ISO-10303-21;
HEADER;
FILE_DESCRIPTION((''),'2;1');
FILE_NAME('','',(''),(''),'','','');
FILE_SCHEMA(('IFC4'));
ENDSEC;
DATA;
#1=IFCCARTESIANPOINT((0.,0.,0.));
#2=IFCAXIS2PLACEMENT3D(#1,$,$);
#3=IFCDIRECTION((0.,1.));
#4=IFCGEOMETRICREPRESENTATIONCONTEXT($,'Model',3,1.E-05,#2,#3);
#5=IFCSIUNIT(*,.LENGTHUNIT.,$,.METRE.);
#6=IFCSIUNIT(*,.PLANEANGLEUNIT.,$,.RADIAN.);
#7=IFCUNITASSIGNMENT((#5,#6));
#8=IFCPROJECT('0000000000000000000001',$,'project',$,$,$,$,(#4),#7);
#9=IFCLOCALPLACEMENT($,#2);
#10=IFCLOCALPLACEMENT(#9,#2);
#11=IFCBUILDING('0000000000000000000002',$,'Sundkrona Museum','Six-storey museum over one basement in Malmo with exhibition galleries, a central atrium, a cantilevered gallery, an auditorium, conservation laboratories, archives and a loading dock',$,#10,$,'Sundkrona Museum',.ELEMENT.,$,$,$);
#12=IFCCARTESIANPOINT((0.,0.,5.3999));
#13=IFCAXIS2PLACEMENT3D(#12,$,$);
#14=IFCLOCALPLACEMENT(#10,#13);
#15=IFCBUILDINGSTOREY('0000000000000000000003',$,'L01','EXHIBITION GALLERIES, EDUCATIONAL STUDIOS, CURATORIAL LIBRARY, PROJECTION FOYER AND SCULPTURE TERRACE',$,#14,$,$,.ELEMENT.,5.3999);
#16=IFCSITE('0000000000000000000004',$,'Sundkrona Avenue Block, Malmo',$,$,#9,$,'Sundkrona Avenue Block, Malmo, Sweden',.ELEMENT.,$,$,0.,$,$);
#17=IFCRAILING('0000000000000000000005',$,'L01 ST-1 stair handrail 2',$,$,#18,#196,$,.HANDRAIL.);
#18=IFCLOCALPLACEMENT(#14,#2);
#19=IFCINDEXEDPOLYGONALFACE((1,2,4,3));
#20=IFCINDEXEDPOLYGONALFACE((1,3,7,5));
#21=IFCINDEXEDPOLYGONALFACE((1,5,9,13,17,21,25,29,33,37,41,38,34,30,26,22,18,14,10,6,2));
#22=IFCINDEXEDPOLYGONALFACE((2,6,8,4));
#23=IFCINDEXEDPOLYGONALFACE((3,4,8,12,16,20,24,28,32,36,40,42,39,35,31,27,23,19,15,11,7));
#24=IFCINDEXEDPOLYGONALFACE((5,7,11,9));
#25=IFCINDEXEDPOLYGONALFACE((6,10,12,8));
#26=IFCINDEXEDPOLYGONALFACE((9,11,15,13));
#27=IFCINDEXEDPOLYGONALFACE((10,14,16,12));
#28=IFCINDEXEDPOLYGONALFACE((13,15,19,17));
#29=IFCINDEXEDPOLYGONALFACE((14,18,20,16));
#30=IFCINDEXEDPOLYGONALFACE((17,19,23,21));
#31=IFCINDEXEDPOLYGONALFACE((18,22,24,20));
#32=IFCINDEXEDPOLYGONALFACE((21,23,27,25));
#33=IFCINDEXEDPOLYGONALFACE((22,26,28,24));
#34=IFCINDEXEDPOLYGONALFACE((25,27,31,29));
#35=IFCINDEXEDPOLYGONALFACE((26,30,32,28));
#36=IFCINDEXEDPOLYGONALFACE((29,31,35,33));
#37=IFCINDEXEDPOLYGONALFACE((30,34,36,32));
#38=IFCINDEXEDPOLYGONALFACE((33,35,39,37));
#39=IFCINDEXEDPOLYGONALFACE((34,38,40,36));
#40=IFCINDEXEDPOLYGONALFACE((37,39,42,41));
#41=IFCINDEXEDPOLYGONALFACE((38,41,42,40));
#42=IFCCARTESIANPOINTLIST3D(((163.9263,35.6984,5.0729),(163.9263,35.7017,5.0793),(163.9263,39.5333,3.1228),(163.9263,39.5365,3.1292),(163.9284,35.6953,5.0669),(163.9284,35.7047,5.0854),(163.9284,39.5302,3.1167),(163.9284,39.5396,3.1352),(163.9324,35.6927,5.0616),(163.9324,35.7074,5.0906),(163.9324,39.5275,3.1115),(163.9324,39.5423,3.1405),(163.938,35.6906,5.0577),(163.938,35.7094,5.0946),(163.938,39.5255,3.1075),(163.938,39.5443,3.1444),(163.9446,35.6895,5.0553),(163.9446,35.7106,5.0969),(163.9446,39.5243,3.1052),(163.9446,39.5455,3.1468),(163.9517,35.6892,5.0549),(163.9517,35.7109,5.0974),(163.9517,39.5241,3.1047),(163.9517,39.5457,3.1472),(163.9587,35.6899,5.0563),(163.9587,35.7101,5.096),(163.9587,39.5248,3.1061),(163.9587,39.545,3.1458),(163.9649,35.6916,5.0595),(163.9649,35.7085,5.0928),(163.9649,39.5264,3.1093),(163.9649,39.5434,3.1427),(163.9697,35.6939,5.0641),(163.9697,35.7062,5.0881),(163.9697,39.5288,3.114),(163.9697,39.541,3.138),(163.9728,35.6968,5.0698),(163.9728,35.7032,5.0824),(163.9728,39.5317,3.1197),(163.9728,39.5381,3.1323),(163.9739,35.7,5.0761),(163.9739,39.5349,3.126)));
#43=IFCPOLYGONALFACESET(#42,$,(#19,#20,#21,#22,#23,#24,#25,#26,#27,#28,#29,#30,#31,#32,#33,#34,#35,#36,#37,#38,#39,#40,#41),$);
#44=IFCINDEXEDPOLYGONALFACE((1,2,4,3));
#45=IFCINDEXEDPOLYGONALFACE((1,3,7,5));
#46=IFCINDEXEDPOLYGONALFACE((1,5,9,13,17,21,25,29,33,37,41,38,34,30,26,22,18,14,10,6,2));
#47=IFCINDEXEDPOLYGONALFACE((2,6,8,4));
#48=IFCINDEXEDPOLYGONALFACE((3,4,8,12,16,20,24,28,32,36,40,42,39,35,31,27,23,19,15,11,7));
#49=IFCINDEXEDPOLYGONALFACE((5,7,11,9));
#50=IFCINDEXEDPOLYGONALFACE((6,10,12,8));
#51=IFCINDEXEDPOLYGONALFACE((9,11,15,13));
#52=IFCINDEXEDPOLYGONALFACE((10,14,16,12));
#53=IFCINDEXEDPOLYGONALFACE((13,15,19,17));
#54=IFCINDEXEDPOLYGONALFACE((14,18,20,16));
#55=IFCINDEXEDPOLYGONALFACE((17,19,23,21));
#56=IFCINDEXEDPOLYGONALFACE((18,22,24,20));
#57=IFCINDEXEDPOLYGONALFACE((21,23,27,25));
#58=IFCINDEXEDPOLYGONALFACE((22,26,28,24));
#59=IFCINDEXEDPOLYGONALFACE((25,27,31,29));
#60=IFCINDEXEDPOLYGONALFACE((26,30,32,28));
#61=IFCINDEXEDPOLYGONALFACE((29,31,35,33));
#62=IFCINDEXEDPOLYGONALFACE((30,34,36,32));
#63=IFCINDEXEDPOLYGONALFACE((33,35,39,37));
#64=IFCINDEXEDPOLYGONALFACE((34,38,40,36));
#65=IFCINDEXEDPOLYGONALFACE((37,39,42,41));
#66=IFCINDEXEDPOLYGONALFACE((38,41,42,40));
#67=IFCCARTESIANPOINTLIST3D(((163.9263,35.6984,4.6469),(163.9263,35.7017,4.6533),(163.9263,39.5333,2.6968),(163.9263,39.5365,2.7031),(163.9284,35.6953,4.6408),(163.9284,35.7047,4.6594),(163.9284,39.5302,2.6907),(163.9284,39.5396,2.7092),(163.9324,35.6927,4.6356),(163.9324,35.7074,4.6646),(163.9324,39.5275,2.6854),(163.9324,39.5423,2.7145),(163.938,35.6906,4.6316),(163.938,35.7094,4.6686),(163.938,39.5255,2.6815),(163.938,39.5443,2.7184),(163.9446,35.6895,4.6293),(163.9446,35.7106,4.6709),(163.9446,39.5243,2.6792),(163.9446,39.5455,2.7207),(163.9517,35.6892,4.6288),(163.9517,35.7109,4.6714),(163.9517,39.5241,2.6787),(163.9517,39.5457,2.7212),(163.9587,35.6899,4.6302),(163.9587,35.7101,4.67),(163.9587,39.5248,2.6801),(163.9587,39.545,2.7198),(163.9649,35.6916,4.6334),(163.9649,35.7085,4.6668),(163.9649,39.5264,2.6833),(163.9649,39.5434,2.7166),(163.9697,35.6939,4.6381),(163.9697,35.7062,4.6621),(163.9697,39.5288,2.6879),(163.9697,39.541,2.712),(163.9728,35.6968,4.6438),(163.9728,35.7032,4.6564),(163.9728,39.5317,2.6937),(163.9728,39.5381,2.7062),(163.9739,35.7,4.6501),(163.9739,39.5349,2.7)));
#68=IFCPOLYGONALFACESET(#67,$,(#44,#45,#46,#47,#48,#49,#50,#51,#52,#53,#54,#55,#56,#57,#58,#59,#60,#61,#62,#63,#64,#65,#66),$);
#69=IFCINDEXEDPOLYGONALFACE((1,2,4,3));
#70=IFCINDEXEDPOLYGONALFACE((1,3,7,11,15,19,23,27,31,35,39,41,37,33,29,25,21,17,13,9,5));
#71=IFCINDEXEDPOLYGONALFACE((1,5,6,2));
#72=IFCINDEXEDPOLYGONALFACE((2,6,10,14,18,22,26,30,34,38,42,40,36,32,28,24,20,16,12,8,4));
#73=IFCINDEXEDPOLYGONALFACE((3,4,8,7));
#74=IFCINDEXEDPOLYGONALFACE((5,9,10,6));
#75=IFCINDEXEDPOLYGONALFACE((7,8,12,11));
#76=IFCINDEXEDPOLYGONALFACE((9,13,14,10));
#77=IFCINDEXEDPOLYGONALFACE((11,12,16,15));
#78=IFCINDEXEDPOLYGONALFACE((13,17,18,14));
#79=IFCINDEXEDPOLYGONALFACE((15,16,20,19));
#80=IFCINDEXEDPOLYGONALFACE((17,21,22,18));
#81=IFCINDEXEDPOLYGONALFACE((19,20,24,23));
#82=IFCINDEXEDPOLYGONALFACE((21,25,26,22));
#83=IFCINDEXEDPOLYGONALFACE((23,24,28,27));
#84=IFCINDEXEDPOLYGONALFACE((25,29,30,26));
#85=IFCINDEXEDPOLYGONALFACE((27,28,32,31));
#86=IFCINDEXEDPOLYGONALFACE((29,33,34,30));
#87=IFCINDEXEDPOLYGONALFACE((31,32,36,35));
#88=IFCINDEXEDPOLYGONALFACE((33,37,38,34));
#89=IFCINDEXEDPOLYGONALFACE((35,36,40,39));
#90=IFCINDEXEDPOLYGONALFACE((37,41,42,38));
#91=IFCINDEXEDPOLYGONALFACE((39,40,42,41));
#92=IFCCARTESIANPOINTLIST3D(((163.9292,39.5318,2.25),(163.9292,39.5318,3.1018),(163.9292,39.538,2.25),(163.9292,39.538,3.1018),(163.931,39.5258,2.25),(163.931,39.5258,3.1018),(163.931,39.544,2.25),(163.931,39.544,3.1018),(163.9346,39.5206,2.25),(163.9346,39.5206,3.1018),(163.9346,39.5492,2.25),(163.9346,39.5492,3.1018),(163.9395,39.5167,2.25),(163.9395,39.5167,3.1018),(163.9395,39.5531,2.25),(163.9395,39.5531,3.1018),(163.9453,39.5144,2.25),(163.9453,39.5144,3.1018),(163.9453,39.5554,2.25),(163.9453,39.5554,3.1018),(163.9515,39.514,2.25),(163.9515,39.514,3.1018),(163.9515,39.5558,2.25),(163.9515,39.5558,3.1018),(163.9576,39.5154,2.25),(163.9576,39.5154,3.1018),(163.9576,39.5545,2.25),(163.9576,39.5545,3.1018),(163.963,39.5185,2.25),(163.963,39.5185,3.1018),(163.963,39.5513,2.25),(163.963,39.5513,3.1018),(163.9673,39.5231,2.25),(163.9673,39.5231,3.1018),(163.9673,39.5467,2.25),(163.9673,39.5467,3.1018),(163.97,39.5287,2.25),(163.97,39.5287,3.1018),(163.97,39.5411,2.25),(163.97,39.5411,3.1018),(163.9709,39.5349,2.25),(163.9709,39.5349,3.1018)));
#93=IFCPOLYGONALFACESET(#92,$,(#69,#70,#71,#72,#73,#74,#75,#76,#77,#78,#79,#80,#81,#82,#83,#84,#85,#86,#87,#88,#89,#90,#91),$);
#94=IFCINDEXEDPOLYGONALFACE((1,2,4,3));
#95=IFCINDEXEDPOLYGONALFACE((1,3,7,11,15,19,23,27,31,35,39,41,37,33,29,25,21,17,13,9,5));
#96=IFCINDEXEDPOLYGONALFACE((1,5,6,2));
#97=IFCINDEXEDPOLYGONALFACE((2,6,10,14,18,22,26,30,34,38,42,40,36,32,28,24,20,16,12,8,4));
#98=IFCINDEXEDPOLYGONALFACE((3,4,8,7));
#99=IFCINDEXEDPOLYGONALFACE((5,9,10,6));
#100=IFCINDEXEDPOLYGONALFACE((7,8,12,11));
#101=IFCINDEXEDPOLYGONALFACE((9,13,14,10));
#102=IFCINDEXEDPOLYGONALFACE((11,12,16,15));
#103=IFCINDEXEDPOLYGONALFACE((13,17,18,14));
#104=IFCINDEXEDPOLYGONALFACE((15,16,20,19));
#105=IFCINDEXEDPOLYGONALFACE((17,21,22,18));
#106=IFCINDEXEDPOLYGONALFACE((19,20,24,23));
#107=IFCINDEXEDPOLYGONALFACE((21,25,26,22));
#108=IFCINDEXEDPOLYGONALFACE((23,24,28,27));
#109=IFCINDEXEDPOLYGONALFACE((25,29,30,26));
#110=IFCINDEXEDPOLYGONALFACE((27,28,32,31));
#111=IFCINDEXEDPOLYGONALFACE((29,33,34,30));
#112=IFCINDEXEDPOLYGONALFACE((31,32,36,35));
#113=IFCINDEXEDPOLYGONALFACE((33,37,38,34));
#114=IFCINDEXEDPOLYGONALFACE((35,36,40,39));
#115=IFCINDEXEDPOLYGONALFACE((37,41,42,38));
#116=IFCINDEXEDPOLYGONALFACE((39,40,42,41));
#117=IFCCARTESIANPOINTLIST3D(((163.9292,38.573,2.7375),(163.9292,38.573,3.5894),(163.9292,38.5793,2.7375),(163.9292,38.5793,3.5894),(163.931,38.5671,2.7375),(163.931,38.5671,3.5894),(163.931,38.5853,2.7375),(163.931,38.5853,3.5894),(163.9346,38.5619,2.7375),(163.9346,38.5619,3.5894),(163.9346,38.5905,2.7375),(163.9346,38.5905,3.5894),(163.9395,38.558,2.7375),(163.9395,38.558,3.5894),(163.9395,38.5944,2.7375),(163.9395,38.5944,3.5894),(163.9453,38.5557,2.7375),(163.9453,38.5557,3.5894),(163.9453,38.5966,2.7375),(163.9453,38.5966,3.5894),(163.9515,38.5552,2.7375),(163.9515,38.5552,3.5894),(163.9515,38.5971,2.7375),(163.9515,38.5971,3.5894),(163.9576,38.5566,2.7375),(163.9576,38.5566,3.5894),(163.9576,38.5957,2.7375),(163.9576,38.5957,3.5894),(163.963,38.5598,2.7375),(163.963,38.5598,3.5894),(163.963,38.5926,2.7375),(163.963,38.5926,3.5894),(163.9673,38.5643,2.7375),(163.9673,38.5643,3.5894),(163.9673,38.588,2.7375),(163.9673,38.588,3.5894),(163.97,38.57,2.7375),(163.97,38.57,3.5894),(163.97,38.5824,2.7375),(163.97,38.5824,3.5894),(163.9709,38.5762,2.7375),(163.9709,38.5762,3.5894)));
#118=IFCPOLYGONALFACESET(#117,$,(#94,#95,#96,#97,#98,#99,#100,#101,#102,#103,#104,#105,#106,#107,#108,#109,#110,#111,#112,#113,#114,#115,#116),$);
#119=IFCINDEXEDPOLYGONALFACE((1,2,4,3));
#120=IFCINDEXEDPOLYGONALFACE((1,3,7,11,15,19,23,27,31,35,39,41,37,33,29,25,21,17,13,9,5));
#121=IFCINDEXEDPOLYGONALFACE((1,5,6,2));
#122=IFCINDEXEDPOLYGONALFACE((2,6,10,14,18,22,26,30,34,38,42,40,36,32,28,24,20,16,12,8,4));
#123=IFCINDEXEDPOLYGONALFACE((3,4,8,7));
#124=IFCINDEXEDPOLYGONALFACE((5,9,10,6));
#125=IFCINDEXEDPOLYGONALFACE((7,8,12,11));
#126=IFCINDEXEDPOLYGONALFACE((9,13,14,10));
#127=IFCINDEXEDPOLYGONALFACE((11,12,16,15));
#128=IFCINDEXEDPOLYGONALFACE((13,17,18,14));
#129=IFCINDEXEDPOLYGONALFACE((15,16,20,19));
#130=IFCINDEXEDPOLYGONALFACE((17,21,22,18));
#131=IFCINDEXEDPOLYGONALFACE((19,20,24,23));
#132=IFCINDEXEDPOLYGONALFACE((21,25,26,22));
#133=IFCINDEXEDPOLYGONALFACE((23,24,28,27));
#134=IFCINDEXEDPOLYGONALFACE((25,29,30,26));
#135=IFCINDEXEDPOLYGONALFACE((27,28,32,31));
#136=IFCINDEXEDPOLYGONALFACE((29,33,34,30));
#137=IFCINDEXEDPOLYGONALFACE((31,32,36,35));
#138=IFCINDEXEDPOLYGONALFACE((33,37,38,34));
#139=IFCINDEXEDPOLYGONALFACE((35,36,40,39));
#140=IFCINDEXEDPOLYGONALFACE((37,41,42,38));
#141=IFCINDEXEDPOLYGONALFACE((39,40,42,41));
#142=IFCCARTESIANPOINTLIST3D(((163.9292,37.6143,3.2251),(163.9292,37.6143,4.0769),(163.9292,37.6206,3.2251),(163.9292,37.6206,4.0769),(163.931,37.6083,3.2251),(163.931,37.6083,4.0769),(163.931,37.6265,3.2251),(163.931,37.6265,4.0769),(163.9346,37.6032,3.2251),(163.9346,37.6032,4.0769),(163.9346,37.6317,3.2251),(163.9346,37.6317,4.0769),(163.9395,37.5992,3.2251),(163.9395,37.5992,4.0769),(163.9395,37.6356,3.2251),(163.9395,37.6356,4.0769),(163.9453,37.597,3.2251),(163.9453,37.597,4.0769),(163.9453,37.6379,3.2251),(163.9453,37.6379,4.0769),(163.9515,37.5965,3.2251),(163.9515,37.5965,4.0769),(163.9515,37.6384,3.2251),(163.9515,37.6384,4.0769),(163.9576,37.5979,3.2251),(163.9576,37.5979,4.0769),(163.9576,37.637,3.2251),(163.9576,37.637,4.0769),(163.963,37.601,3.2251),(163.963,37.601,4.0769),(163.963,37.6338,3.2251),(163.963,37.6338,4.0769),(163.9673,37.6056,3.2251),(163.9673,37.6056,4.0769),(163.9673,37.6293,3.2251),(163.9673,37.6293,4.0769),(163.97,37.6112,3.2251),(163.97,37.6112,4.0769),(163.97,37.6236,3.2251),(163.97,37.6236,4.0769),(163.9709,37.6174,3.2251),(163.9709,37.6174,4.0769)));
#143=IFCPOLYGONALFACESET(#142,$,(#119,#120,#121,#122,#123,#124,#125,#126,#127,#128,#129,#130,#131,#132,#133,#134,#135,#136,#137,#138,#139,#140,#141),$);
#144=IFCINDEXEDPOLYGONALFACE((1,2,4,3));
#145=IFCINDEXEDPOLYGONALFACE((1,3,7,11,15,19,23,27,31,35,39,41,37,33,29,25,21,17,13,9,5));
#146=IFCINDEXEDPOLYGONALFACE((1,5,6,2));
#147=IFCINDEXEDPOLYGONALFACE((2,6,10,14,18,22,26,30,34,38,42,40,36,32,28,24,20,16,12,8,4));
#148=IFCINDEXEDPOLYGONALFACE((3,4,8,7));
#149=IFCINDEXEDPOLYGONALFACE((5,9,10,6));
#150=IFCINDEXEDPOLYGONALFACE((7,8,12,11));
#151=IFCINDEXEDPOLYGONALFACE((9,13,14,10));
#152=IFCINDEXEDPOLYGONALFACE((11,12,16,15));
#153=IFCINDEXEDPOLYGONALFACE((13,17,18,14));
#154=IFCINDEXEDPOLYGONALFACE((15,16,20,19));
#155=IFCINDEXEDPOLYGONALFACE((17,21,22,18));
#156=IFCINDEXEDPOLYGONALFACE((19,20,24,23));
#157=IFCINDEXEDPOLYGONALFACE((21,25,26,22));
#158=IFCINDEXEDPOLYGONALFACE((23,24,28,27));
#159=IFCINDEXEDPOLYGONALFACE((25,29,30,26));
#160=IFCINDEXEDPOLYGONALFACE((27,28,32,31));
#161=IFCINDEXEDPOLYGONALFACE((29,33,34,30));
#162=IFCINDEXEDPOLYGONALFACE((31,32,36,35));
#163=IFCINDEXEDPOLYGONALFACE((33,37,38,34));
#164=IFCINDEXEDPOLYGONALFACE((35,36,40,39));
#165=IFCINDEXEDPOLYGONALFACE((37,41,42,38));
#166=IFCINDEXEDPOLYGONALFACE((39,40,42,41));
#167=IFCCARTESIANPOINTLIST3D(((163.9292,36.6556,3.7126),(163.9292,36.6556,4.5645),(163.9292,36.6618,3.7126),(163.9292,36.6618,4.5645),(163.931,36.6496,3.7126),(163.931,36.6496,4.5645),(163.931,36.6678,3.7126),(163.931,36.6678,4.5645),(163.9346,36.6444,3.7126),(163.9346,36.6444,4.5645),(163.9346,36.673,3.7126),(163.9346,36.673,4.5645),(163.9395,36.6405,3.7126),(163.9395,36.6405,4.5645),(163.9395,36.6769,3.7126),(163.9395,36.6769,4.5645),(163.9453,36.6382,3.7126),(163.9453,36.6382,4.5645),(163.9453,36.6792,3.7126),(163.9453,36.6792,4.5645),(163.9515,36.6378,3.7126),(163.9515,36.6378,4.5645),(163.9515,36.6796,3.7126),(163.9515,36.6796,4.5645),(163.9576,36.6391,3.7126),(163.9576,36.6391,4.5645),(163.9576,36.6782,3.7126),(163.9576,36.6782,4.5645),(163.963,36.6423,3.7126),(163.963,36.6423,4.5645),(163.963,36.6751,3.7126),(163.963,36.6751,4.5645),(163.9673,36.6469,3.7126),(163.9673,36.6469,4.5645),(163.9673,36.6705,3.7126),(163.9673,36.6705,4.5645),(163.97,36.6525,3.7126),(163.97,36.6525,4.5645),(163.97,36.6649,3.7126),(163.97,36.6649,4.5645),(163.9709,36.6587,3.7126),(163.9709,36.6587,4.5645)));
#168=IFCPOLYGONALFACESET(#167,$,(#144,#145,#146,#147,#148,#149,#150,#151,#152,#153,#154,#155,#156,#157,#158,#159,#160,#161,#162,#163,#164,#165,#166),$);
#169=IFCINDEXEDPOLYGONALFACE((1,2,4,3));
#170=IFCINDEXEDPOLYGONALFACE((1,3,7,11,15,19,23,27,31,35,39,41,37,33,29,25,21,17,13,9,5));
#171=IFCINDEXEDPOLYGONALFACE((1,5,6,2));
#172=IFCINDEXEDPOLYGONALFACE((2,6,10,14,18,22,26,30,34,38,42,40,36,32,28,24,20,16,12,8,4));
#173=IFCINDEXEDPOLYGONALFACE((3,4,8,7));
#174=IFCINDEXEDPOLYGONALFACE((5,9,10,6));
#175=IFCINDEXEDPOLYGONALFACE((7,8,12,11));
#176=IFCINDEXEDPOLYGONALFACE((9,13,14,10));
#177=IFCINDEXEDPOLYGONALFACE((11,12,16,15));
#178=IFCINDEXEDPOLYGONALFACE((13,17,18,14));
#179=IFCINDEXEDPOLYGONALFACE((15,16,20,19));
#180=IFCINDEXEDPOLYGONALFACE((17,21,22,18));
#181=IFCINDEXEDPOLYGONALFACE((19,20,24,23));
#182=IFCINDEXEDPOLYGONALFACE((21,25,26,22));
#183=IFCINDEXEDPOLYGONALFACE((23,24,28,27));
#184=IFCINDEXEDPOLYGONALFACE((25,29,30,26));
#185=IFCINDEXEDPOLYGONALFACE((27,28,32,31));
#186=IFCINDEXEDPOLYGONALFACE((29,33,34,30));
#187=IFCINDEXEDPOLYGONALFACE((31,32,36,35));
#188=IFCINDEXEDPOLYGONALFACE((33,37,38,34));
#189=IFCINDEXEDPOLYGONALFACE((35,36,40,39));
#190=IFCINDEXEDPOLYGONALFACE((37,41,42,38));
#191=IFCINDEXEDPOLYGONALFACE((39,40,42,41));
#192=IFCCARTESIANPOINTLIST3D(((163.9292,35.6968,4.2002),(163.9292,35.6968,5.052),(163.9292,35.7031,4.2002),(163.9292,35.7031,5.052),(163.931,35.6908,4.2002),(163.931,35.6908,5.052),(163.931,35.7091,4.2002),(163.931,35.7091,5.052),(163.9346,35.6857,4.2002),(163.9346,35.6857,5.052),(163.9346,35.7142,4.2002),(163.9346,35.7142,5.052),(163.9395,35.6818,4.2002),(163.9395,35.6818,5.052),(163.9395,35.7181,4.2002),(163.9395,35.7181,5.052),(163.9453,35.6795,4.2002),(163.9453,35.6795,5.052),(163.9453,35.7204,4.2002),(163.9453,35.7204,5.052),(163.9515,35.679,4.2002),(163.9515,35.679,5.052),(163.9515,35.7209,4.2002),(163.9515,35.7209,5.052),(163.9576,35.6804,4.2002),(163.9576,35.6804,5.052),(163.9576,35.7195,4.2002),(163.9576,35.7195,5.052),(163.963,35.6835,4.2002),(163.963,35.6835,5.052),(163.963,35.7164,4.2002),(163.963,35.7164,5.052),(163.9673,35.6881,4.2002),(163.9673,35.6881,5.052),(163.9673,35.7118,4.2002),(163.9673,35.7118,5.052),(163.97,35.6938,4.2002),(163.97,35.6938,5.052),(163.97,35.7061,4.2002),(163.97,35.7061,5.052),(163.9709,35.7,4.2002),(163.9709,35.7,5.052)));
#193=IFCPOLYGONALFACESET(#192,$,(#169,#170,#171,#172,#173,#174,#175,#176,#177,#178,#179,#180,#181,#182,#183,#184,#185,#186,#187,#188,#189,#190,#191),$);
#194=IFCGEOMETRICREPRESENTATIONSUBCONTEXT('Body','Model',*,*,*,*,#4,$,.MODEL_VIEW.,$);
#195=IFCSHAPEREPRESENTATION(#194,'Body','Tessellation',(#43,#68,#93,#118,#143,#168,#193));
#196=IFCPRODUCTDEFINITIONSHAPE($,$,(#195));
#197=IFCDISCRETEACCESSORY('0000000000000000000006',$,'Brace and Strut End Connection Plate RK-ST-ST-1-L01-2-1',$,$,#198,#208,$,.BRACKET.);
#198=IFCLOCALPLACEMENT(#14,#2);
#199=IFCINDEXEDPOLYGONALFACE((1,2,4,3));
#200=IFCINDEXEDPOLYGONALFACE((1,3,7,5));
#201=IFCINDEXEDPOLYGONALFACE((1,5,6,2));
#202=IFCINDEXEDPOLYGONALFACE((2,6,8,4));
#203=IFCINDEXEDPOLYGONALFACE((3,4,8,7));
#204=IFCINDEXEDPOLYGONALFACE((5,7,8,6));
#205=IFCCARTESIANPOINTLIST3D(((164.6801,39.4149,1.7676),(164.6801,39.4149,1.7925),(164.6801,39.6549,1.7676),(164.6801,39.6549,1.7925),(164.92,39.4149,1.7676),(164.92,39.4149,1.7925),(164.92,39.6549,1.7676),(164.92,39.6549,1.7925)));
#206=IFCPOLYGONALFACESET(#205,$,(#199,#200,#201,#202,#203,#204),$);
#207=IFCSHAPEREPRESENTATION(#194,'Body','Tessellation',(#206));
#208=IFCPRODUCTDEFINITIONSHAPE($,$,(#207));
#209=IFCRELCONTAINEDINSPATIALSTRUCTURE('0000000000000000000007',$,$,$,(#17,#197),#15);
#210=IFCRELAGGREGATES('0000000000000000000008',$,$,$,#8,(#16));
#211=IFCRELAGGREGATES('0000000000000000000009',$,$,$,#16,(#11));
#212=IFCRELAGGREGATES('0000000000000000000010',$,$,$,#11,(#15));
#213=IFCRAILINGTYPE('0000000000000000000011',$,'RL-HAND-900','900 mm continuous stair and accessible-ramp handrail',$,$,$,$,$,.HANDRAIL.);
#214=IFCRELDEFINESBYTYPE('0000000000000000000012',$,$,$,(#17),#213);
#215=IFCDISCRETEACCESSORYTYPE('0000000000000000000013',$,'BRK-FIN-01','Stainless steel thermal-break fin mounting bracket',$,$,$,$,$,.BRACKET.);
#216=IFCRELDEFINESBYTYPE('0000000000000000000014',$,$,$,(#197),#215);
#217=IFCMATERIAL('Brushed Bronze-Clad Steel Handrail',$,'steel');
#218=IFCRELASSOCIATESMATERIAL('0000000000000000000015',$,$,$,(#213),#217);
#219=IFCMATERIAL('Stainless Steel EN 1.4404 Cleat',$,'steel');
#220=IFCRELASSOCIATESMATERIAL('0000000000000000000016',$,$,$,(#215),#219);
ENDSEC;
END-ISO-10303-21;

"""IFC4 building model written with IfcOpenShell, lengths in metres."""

from ifc_helpers import new_model, si_unit, direction, frame, origin, origin_2d, place, context, subcontext, project, spatial, rectangle, circle, extrude, material, type_object, element, save


model = new_model("IFC4")

# Units and contexts
model_context = context("Model", 3, precision=1e-05, world=origin(), true_north=direction((0.0, 1.0)))
body_context = subcontext(model_context, "Body", "Model", "MODEL_VIEW")
ifc_project = project(units=[si_unit("LENGTHUNIT", "METRE"), si_unit("PLANEANGLEUNIT", "RADIAN")], contexts=[model_context])

# Site, building, storey
site_placement = place(None, origin())
site = spatial("IfcSite", under=ifc_project, at=site_placement, Name="Sundkrona Avenue Block, Malmo", LongName="Sundkrona Avenue Block, Malmo, Sweden", CompositionType="ELEMENT", RefElevation=0.0)
building_placement = place(site_placement, origin())
building = spatial("IfcBuilding", under=site, at=building_placement, Name="Sundkrona Museum", Description="Six-storey museum over one basement in Malmo with exhibition galleries, a central atrium, a cantilevered gallery, an auditorium, conservation laboratories, archives and a loading dock", LongName="Sundkrona Museum", CompositionType="ELEMENT")
storey_placement = place(building_placement, frame((0.0, 0.0, 5.3999)))
storey = spatial("IfcBuildingStorey", under=building, at=storey_placement, Name="L01", Description="EXHIBITION GALLERIES, EDUCATIONAL STUDIOS, CURATORIAL LIBRARY, PROJECTION FOYER AND SCULPTURE TERRACE", CompositionType="ELEMENT", Elevation=5.3999)

# Railing
ifc_material_1 = material(Name="Brushed Bronze-Clad Steel Handrail", Category="steel")
railing_type_1 = type_object("IfcRailingType", Name="RL-HAND-900", Description="900 mm continuous stair and accessible-ramp handrail", PredefinedType="HANDRAIL", material=ifc_material_1)
railing_1_placement = place(storey_placement, frame((163.95, 39.5349, 2.25)))
element("IfcRailing", 1, at=railing_1_placement, inside=storey, type_object=railing_type_1, Name="L01 ST-1 stair handrail 2", PredefinedType="HANDRAIL", context=body_context, shape_type="SweptSolid", body=[
    extrude(circle(Radius=0.0239, at=origin_2d()), frame((0.0, 0.0, 0.876), z_axis=(0.0, -0.891365, 0.453286), x_axis=(1.0, 0.0, 0.0)), (0.0, 0.0, 1.0), 4.3022),
    extrude(circle(Radius=0.0239, at=origin_2d()), frame((0.0, 0.0, 0.45), z_axis=(0.0, -0.891365, 0.453286), x_axis=(1.0, 0.0, 0.0)), (0.0, 0.0, 1.0), 4.3022),
    extrude(circle(Radius=0.021, at=origin_2d()), origin(), (0.0, 0.0, 1.0), 0.8518),
    extrude(circle(Radius=0.021, at=origin_2d()), frame((0.0, -0.9587, 0.4875)), (0.0, 0.0, 1.0), 0.8518),
    extrude(circle(Radius=0.021, at=origin_2d()), frame((0.0, -1.9175, 0.9751)), (0.0, 0.0, 1.0), 0.8518),
    extrude(circle(Radius=0.021, at=origin_2d()), frame((0.0, -2.8762, 1.4626)), (0.0, 0.0, 1.0), 0.8518),
    extrude(circle(Radius=0.021, at=origin_2d()), frame((0.0, -3.835, 1.9502)), (0.0, 0.0, 1.0), 0.8518),
])

# Discrete accessory
ifc_material_2 = material(Name="Stainless Steel EN 1.4404 Cleat", Category="steel")
discrete_accessory_type = type_object("IfcDiscreteAccessoryType", Name="BRK-FIN-01", Description="Stainless steel thermal-break fin mounting bracket", PredefinedType="BRACKET", material=ifc_material_2)
for number, where, z_axis, x_axis, name in (
    (2, (164.8, 39.5349, 1.7676), (0.0, 0.0, 1.0), (1.0, 0.0, 0.0), "Brace and Strut End Connection Plate RK-ST-ST-1-L01-2-1"),
):
    element("IfcDiscreteAccessory", number, at=place(storey_placement, frame(where, z_axis=z_axis, x_axis=x_axis)), inside=storey, type_object=discrete_accessory_type, Name=name, PredefinedType="BRACKET", context=body_context, shape_type="SweptSolid", body=[
        extrude(rectangle(XDim=0.24, YDim=0.24, at=origin_2d()), origin(), (0.0, 0.0, 1.0), 0.0249),
    ])

save(model, "model.ifc")
